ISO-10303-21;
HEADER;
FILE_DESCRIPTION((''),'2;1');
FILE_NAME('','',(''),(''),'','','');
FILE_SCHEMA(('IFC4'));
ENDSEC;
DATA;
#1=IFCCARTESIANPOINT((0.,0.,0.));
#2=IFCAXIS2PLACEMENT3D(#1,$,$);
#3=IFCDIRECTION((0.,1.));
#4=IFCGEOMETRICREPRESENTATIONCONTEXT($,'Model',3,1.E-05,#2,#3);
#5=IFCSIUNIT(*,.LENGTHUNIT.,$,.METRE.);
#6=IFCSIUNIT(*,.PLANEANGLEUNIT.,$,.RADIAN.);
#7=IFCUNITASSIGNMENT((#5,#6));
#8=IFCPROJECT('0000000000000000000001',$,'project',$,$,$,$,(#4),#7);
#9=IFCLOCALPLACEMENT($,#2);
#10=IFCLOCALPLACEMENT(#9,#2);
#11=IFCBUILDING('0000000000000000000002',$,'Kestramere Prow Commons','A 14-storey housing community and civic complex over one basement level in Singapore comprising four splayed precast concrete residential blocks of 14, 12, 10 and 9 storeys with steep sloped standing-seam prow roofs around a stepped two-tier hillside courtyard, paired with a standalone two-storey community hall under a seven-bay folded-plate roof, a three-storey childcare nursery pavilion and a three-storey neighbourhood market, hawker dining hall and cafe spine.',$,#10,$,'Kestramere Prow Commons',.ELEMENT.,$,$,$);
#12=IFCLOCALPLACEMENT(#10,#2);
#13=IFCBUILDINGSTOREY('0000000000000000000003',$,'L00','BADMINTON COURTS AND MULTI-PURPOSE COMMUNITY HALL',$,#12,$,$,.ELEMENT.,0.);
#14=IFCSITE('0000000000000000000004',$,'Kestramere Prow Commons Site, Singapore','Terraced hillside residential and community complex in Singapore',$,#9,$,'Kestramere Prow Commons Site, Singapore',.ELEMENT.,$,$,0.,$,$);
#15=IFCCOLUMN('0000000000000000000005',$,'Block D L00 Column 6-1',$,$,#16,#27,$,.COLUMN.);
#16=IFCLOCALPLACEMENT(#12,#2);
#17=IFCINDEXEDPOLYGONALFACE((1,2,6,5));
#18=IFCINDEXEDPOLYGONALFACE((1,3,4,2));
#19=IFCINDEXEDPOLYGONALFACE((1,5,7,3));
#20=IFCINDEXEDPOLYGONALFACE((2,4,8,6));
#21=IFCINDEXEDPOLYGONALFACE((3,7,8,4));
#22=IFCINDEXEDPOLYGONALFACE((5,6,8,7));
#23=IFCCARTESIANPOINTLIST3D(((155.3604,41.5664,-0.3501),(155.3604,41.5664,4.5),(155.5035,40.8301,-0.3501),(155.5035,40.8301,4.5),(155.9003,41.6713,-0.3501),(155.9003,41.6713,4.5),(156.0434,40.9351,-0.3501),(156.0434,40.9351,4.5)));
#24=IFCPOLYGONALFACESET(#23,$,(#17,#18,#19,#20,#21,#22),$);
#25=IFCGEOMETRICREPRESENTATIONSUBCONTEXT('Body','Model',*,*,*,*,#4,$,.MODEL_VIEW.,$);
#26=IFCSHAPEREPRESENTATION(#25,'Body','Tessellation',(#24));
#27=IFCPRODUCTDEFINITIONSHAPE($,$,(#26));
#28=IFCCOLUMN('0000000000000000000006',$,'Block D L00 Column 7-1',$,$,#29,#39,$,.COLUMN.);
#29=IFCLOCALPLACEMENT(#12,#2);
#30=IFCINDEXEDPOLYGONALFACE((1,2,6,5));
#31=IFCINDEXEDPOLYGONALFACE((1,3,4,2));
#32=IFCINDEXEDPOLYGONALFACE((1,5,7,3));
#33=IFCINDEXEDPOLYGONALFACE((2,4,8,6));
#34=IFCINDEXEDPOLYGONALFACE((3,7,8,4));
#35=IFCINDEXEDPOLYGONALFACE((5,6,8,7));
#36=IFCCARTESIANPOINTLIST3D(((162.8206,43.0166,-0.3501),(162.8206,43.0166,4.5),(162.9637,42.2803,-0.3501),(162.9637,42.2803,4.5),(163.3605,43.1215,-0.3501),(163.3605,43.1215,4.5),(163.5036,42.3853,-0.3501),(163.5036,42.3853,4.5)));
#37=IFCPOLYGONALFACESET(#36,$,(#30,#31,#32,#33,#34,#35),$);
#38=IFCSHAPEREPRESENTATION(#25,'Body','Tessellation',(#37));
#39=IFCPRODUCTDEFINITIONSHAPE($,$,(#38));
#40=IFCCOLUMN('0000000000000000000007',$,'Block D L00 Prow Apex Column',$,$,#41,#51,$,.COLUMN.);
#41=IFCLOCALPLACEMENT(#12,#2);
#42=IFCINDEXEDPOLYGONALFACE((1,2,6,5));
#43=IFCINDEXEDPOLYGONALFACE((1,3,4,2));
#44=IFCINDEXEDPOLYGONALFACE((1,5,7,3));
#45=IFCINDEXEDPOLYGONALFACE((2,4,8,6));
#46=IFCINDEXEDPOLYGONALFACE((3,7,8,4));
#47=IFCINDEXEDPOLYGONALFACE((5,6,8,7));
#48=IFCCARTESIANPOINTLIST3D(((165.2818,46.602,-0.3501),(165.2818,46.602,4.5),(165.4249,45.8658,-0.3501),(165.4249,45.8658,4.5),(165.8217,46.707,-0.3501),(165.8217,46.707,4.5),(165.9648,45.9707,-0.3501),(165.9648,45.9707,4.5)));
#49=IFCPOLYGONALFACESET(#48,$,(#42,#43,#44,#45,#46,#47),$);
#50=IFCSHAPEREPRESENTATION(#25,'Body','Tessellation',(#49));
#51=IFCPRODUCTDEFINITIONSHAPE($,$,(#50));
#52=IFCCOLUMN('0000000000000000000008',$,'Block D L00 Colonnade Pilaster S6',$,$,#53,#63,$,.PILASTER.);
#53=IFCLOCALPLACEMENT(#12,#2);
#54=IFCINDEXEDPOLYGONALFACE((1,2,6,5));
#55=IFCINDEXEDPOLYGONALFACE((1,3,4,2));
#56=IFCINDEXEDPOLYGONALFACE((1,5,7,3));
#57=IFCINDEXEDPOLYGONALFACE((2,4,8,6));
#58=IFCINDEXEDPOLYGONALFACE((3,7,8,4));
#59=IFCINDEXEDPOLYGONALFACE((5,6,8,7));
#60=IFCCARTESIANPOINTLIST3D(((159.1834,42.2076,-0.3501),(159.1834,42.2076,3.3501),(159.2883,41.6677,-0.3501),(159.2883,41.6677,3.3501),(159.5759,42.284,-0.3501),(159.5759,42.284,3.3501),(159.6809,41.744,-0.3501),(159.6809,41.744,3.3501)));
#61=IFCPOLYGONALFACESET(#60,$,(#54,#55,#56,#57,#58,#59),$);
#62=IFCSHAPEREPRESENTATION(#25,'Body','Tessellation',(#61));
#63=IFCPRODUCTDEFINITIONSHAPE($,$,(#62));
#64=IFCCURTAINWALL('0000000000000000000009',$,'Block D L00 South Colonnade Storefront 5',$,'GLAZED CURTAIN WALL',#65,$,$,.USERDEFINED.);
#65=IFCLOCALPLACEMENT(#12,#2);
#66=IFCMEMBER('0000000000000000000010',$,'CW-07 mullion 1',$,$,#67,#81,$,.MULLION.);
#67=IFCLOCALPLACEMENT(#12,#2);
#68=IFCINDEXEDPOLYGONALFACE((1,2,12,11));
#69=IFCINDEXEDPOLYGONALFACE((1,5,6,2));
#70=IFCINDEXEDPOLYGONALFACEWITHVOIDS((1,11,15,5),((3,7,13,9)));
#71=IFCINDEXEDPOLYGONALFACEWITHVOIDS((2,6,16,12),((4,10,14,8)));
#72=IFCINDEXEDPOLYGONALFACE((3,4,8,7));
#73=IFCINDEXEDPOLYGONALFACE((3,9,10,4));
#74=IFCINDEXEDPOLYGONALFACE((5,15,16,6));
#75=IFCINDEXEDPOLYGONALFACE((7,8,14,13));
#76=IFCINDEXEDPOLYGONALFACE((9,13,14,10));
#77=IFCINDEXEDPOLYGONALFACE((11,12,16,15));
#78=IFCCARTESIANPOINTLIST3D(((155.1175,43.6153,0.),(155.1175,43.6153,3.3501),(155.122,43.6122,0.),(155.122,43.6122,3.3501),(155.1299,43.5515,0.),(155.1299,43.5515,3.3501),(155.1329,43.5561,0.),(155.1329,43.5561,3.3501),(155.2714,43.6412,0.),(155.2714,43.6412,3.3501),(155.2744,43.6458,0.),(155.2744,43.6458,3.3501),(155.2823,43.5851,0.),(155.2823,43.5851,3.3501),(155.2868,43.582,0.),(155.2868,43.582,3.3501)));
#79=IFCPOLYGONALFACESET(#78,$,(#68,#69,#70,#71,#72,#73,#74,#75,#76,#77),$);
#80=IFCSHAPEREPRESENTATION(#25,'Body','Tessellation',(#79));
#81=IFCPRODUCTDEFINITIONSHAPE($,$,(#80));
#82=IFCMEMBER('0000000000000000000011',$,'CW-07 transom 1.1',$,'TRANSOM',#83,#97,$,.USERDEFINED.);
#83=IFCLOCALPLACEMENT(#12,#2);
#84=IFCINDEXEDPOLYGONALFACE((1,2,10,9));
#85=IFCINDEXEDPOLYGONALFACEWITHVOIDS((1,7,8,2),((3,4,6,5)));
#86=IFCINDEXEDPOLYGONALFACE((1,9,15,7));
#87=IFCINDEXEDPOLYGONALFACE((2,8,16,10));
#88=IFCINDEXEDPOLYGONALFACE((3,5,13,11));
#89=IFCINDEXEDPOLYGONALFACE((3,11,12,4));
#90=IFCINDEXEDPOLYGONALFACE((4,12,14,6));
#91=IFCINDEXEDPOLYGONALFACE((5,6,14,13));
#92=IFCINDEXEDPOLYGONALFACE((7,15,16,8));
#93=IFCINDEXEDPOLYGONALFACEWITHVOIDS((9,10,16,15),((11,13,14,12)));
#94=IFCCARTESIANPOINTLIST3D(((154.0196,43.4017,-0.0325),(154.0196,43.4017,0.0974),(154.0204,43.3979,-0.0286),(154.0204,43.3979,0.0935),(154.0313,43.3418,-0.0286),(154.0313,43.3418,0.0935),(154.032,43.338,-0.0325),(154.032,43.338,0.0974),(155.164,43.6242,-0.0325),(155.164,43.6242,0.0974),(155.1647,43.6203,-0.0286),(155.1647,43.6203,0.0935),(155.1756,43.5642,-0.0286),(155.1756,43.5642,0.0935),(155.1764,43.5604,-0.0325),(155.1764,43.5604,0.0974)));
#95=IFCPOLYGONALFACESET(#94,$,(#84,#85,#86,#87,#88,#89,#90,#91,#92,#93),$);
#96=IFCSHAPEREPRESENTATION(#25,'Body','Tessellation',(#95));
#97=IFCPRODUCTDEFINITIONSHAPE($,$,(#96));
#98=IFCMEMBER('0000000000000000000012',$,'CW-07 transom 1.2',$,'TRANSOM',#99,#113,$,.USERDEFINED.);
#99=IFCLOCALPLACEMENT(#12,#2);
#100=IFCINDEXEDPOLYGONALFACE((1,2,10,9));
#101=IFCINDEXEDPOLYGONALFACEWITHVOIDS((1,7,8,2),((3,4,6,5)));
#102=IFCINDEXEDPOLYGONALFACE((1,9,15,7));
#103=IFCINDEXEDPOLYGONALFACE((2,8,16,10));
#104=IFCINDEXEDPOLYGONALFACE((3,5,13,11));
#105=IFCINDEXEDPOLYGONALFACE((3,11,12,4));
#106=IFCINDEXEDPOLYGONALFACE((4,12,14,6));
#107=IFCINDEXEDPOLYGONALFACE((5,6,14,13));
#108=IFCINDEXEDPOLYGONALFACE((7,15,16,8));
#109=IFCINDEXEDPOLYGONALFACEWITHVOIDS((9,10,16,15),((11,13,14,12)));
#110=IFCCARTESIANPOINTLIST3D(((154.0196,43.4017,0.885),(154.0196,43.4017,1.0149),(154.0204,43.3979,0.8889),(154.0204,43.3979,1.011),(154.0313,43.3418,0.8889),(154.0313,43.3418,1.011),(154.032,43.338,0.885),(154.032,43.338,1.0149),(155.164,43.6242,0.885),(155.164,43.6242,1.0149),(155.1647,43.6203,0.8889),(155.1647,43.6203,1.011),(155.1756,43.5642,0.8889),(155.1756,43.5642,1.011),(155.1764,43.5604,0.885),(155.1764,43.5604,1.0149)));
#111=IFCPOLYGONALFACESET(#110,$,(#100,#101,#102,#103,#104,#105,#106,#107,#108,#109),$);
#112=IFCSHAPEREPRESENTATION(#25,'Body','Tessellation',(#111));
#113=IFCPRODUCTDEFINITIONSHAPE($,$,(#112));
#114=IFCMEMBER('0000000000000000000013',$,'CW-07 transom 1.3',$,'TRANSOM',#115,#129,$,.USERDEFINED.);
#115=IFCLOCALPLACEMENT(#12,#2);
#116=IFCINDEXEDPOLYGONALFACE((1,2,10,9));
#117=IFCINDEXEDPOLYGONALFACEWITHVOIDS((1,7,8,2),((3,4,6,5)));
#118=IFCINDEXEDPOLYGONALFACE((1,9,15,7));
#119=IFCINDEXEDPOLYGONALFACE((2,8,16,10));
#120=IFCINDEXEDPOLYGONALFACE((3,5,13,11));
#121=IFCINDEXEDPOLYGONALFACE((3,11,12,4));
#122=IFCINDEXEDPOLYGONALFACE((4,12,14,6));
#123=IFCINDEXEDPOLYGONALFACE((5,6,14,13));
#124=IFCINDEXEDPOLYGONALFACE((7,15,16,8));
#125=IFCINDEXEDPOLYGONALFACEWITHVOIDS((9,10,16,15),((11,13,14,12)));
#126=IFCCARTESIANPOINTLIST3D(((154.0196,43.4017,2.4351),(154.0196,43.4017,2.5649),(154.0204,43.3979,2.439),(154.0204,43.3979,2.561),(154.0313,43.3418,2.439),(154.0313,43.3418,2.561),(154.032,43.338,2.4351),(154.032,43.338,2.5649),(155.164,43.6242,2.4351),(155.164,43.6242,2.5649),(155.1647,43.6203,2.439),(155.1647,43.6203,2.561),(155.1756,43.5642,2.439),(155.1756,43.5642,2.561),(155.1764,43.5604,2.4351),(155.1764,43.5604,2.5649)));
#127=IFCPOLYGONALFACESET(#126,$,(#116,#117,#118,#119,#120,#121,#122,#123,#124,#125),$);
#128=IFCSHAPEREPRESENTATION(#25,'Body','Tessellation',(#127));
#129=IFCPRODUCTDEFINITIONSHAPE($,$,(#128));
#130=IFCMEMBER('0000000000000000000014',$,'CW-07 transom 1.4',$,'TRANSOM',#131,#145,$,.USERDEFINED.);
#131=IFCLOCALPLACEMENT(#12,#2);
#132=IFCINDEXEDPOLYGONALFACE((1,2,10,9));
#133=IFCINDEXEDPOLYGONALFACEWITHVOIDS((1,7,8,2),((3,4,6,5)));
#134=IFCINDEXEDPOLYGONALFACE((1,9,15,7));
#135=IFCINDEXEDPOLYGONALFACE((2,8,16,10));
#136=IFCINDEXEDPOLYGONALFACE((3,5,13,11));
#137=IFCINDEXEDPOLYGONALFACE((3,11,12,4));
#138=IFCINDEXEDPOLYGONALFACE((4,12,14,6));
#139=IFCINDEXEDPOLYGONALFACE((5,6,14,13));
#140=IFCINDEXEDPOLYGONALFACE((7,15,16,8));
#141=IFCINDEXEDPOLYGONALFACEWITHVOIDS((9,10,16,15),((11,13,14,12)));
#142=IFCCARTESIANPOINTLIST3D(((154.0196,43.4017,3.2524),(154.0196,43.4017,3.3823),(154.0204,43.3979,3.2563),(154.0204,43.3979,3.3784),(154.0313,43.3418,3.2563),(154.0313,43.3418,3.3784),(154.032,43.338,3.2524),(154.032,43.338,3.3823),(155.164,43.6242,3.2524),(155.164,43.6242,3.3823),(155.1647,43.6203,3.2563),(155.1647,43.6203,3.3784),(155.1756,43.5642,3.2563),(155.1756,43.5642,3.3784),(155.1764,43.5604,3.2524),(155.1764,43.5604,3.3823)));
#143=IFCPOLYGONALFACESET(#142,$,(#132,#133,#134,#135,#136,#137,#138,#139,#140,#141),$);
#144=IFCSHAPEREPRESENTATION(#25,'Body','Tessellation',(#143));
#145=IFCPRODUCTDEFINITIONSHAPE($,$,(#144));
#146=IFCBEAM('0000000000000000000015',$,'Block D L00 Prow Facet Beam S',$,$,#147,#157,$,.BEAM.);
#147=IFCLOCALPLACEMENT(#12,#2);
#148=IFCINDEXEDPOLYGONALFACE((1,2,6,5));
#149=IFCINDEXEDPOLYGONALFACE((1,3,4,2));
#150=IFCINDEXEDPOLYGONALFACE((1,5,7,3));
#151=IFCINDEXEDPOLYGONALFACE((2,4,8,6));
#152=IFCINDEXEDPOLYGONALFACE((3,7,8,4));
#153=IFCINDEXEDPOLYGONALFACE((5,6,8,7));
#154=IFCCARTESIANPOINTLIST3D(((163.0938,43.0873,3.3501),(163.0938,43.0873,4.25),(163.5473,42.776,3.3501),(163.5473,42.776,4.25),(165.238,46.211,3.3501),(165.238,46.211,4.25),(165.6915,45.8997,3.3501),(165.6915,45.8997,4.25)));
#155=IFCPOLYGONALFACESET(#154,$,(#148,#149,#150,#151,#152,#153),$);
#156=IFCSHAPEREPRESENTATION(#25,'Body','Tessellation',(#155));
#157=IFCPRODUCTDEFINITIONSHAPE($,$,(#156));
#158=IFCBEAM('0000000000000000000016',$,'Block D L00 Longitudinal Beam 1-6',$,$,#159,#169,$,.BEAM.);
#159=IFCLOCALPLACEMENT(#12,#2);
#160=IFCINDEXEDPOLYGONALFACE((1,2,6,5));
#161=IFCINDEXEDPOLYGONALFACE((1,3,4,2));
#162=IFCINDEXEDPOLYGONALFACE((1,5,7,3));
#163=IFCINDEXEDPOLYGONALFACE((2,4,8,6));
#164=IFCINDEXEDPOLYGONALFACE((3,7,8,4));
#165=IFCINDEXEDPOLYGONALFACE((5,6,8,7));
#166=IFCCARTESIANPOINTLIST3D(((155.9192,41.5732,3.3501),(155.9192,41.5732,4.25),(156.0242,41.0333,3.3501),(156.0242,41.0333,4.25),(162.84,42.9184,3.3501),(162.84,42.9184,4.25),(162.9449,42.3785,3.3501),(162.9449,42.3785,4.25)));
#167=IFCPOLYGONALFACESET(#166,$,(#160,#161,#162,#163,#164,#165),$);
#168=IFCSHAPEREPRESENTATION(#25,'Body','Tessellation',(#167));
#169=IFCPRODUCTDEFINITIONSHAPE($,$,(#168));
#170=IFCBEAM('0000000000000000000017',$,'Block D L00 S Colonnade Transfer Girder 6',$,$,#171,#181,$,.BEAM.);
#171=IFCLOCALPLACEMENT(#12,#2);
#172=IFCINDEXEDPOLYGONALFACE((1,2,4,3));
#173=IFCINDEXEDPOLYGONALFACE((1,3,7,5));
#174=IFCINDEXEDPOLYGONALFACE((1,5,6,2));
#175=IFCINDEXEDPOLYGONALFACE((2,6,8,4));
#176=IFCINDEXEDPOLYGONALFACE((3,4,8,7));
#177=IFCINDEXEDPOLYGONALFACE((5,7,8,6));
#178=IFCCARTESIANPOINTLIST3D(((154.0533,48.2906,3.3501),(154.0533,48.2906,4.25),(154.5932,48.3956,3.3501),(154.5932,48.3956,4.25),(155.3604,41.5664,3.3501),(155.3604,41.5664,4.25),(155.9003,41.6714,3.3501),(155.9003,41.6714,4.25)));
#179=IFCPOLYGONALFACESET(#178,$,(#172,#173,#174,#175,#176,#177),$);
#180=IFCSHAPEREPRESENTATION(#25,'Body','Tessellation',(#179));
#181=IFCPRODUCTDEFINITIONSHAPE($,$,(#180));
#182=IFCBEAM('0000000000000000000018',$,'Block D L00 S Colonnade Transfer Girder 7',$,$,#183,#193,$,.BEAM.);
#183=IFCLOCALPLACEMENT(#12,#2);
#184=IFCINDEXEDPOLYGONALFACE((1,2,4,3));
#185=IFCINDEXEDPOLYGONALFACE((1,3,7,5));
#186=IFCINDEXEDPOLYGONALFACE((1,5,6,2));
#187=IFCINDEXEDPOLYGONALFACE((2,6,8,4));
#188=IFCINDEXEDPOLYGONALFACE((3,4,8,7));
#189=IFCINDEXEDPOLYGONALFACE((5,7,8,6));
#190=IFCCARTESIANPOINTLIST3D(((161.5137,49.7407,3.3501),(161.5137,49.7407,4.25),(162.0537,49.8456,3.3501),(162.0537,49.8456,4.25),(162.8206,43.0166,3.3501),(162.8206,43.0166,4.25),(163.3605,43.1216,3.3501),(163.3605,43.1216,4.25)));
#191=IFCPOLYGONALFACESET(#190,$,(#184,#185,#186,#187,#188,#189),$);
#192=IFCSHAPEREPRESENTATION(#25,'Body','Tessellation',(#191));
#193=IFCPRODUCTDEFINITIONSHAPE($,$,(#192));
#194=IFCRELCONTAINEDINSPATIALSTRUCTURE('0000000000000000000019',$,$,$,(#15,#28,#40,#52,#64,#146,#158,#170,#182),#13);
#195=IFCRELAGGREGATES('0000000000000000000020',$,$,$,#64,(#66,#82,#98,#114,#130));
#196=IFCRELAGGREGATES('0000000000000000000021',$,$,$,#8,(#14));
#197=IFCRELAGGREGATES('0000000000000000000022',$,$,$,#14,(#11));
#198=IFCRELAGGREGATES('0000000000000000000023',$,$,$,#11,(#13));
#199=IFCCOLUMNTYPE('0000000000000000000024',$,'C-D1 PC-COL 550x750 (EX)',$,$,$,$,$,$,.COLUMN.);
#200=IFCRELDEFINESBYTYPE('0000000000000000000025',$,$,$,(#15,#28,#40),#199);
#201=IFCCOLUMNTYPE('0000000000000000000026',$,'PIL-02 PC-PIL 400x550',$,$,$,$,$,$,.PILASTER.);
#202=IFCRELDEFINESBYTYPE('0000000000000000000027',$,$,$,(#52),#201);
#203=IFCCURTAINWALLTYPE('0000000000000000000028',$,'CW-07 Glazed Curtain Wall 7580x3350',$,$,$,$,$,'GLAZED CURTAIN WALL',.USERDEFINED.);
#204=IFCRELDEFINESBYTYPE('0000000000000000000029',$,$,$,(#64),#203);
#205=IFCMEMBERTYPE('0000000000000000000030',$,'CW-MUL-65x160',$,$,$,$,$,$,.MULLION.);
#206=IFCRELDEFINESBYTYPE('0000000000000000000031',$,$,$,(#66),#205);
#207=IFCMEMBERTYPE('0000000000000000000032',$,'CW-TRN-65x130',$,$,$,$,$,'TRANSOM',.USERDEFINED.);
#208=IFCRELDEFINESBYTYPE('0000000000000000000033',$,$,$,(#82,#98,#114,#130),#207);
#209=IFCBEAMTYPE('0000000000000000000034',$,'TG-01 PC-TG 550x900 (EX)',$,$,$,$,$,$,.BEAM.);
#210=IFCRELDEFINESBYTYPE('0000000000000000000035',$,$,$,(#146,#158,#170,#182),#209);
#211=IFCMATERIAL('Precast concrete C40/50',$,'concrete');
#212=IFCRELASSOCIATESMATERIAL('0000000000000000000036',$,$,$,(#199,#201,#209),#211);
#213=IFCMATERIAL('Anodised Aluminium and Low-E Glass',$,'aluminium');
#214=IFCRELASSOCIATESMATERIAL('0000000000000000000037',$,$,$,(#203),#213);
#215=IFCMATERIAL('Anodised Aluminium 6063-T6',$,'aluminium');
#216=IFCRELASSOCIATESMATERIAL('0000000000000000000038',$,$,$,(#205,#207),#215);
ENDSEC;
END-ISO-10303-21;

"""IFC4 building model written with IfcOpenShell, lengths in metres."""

from ifc_helpers import new_model, si_unit, direction, frame, origin, origin_2d, place, context, subcontext, project, spatial, rectangle, hollow_rectangle, extrude, material, material_profile, profile_set, type_object, element, aggregate, save


model = new_model("IFC4")

# Units and contexts
model_context = context("Model", 3, precision=1e-05, world=origin(), true_north=direction((0.0, 1.0)))
body_context = subcontext(model_context, "Body", "Model", "MODEL_VIEW")
ifc_project = project(units=[si_unit("LENGTHUNIT", "METRE"), si_unit("PLANEANGLEUNIT", "RADIAN")], contexts=[model_context])

# Site, building, storey
site_placement = place(None, origin())
site = spatial("IfcSite", under=ifc_project, at=site_placement, Name="Kestramere Prow Commons Site, Singapore", Description="Terraced hillside residential and community complex in Singapore", LongName="Kestramere Prow Commons Site, Singapore", CompositionType="ELEMENT", RefElevation=0.0)
building_placement = place(site_placement, origin())
building = spatial("IfcBuilding", under=site, at=building_placement, Name="Kestramere Prow Commons", Description="A 14-storey housing community and civic complex over one basement level in Singapore comprising four splayed precast concrete residential blocks of 14, 12, 10 and 9 storeys with steep sloped standing-seam prow roofs around a stepped two-tier hillside courtyard, paired with a standalone two-storey community hall under a seven-bay folded-plate roof, a three-storey childcare nursery pavilion and a three-storey neighbourhood market, hawker dining hall and cafe spine.", LongName="Kestramere Prow Commons", CompositionType="ELEMENT")
storey_placement = place(building_placement, origin())
storey = spatial("IfcBuildingStorey", under=building, at=storey_placement, Name="L00", Description="BADMINTON COURTS AND MULTI-PURPOSE COMMUNITY HALL", CompositionType="ELEMENT", Elevation=0.0)

# Columns
ifc_material_1 = material(Name="Precast concrete C40/50", Category="concrete")
ifc_material_profile_1 = material_profile(ifc_material_1, rectangle(XDim=0.55, YDim=0.75, at=origin_2d()), Name="PC-COL 550x750")
ifc_profile_set_1 = profile_set([ifc_material_profile_1], Name="Precast concrete C40/50")
column_type_1 = type_object("IfcColumnType", Name="C-D1 PC-COL 550x750 (EX)", PredefinedType="COLUMN", material=ifc_profile_set_1)
for number, where, z_axis, x_axis, name in (
    (1, (155.7019, 41.2507, -0.3501), (0.0, 0.0, 1.0), (0.981627, 0.190809, 0.0), "Block D L00 Column 6-1"),
    (2, (163.1621, 42.7009, -0.3501), (0.0, 0.0, 1.0), (0.981627, 0.190809, 0.0), "Block D L00 Column 7-1"),
    (3, (165.6233, 46.2864, -0.3501), (0.0, 0.0, 1.0), (0.981627, 0.190809, 0.0), "Block D L00 Prow Apex Column"),
):
    element("IfcColumn", number, at=place(storey_placement, frame(where, z_axis=z_axis, x_axis=x_axis)), inside=storey, type_object=column_type_1, Name=name, PredefinedType="COLUMN", context=body_context, shape_type="SweptSolid", body=[
        extrude(rectangle(XDim=0.55, YDim=0.75, at=origin_2d()), origin(), (0.0, 0.0, 1.0), 4.8501),
    ])
ifc_material_profile_2 = material_profile(ifc_material_1, rectangle(XDim=0.3999, YDim=0.55, at=origin_2d()), Name="PC-PIL 400x550")
ifc_profile_set_2 = profile_set([ifc_material_profile_2], Name="Precast concrete C40/50")
column_type_2 = type_object("IfcColumnType", Name="PIL-02 PC-PIL 400x550", PredefinedType="PILASTER", material=ifc_profile_set_2)
column_placement = place(storey_placement, frame((159.4321, 41.9758, -0.3501), z_axis=(0.0, 0.0, 1.0), x_axis=(0.981627, 0.190809, 0.0)))
element("IfcColumn", 4, at=column_placement, inside=storey, type_object=column_type_2, Name="Block D L00 Colonnade Pilaster S6", PredefinedType="PILASTER", context=body_context, shape_type="SweptSolid", body=[
    extrude(rectangle(XDim=0.3999, YDim=0.55, at=origin_2d()), origin(), (0.0, 0.0, 1.0), 3.7002),
])

# Curtain wall, members
ifc_material_2 = material(Name="Anodised Aluminium and Low-E Glass", Category="aluminium")
curtain_wall_type = type_object("IfcCurtainWallType", Name="CW-07 Glazed Curtain Wall 7580x3350", ElementType="GLAZED CURTAIN WALL", PredefinedType="USERDEFINED", material=ifc_material_2)
curtain_wall_placement = place(storey_placement, origin())
curtain_wall = element("IfcCurtainWall", 5, at=curtain_wall_placement, inside=storey, type_object=curtain_wall_type, Name="Block D L00 South Colonnade Storefront 5", ObjectType="GLAZED CURTAIN WALL", PredefinedType="USERDEFINED")
ifc_material_3 = material(Name="Anodised Aluminium 6063-T6", Category="aluminium")
ifc_material_profile_3 = material_profile(ifc_material_3, hollow_rectangle(XDim=0.0649, YDim=0.1599, WallThickness=0.0039, at=origin_2d()), Name="ALU-MUL 65x160")
ifc_profile_set_3 = profile_set([ifc_material_profile_3], Name="Anodised Aluminium 6063-T6")
member_type_1 = type_object("IfcMemberType", Name="CW-MUL-65x160", PredefinedType="MULLION", material=ifc_profile_set_3)
member_1_placement = place(storey_placement, frame((155.2021, 43.5986, 0.0), z_axis=(0.0, 0.0, 1.0), x_axis=(0.190809, -0.981627, 0.0)))
member_1 = element("IfcMember", 6, at=member_1_placement, type_object=member_type_1, Name="CW-07 mullion 1", PredefinedType="MULLION", context=body_context, shape_type="SweptSolid", body=[
    extrude(hollow_rectangle(XDim=0.0649, YDim=0.1599, WallThickness=0.0039, at=origin_2d()), origin(), (0.0, 0.0, 1.0), 3.3501),
])
ifc_material_profile_4 = material_profile(ifc_material_3, hollow_rectangle(XDim=0.0649, YDim=0.1299, WallThickness=0.0039, at=origin_2d()), Name="ALU-TRN 65x130")
ifc_profile_set_4 = profile_set([ifc_material_profile_4], Name="Anodised Aluminium 6063-T6")
member_type_2 = type_object("IfcMemberType", Name="CW-TRN-65x130", ElementType="TRANSOM", PredefinedType="USERDEFINED", material=ifc_profile_set_4)
member_2_placement = place(storey_placement, frame((155.1702, 43.5923, 0.0325), z_axis=(-0.98163, -0.190797, 0.0), x_axis=(0.190797, -0.98163, 0.0)))
member_2 = element("IfcMember", 7, at=member_2_placement, type_object=member_type_2, Name="CW-07 transom 1.1", ObjectType="TRANSOM", PredefinedType="USERDEFINED", context=body_context, shape_type="SweptSolid", body=[
    extrude(hollow_rectangle(XDim=0.0649, YDim=0.1299, WallThickness=0.0039, at=origin_2d()), origin(), (0.0, 0.0, 1.0), 1.1658),
])
member_3_placement = place(storey_placement, frame((155.1702, 43.5923, 0.95), z_axis=(-0.98163, -0.190797, 0.0), x_axis=(0.190797, -0.98163, 0.0)))
member_3 = element("IfcMember", 8, at=member_3_placement, type_object=member_type_2, Name="CW-07 transom 1.2", ObjectType="TRANSOM", PredefinedType="USERDEFINED", context=body_context, shape_type="SweptSolid", body=[
    extrude(hollow_rectangle(XDim=0.0649, YDim=0.1299, WallThickness=0.0039, at=origin_2d()), origin(), (0.0, 0.0, 1.0), 1.1658),
])
member_4_placement = place(storey_placement, frame((155.1702, 43.5923, 2.5), z_axis=(-0.98163, -0.190797, 0.0), x_axis=(0.190797, -0.98163, 0.0)))
member_4 = element("IfcMember", 9, at=member_4_placement, type_object=member_type_2, Name="CW-07 transom 1.3", ObjectType="TRANSOM", PredefinedType="USERDEFINED", context=body_context, shape_type="SweptSolid", body=[
    extrude(hollow_rectangle(XDim=0.0649, YDim=0.1299, WallThickness=0.0039, at=origin_2d()), origin(), (0.0, 0.0, 1.0), 1.1658),
])
member_5_placement = place(storey_placement, frame((155.1702, 43.5923, 3.3174), z_axis=(-0.98163, -0.190797, 0.0), x_axis=(0.190797, -0.98163, 0.0)))
member_5 = element("IfcMember", 10, at=member_5_placement, type_object=member_type_2, Name="CW-07 transom 1.4", ObjectType="TRANSOM", PredefinedType="USERDEFINED", context=body_context, shape_type="SweptSolid", body=[
    extrude(hollow_rectangle(XDim=0.0649, YDim=0.1299, WallThickness=0.0039, at=origin_2d()), origin(), (0.0, 0.0, 1.0), 1.1658),
])
aggregate(curtain_wall, [member_1, member_2, member_3, member_4, member_5])

# Beams
ifc_material_profile_5 = material_profile(ifc_material_1, rectangle(XDim=0.55, YDim=0.8999, at=origin_2d()), Name="PC-TG 550x900")
ifc_profile_set_5 = profile_set([ifc_material_profile_5], Name="Precast concrete C40/50")
beam_type = type_object("IfcBeamType", Name="TG-01 PC-TG 550x900 (EX)", PredefinedType="BEAM", material=ifc_profile_set_5)
beam_1_placement = place(storey_placement, frame((163.3206, 42.9316, 3.8), z_axis=(0.565935, 0.82445, 0.0), x_axis=(-0.82445, 0.565935, 0.0)))
element("IfcBeam", 11, at=beam_1_placement, inside=storey, type_object=beam_type, Name="Block D L00 Prow Facet Beam S", PredefinedType="BEAM", context=body_context, shape_type="SweptSolid", body=[
    extrude(rectangle(XDim=0.55, YDim=0.8999, at=origin_2d()), origin(), (0.0, 0.0, 1.0), 3.7888),
])
beam_2_placement = place(storey_placement, frame((155.9717, 41.3032, 3.8), z_axis=(0.981628, 0.190806, 0.0), x_axis=(-0.190806, 0.981628, 0.0)))
element("IfcBeam", 12, at=beam_2_placement, inside=storey, type_object=beam_type, Name="Block D L00 Longitudinal Beam 1-6", PredefinedType="BEAM", context=body_context, shape_type="SweptSolid", body=[
    extrude(rectangle(XDim=0.55, YDim=0.8999, at=origin_2d()), origin(), (0.0, 0.0, 1.0), 7.0503),
])
beam_3_placement = place(storey_placement, frame((155.6304, 41.6189, 3.8), z_axis=(-0.190822, 0.981625, 0.0), x_axis=(-0.981625, -0.190822, 0.0)))
element("IfcBeam", 13, at=beam_3_placement, inside=storey, type_object=beam_type, Name="Block D L00 S Colonnade Transfer Girder 6", PredefinedType="BEAM", context=body_context, shape_type="SweptSolid", body=[
    extrude(rectangle(XDim=0.55, YDim=0.8999, at=origin_2d()), origin(), (0.0, 0.0, 1.0), 6.8501),
])
beam_4_placement = place(storey_placement, frame((163.0906, 43.0691, 3.8), z_axis=(-0.190788, 0.981631, 0.0), x_axis=(-0.981631, -0.190788, 0.0)))
element("IfcBeam", 14, at=beam_4_placement, inside=storey, type_object=beam_type, Name="Block D L00 S Colonnade Transfer Girder 7", PredefinedType="BEAM", context=body_context, shape_type="SweptSolid", body=[
    extrude(rectangle(XDim=0.55, YDim=0.8999, at=origin_2d()), origin(), (0.0, 0.0, 1.0), 6.8499),
])

save(model, "model.ifc")
